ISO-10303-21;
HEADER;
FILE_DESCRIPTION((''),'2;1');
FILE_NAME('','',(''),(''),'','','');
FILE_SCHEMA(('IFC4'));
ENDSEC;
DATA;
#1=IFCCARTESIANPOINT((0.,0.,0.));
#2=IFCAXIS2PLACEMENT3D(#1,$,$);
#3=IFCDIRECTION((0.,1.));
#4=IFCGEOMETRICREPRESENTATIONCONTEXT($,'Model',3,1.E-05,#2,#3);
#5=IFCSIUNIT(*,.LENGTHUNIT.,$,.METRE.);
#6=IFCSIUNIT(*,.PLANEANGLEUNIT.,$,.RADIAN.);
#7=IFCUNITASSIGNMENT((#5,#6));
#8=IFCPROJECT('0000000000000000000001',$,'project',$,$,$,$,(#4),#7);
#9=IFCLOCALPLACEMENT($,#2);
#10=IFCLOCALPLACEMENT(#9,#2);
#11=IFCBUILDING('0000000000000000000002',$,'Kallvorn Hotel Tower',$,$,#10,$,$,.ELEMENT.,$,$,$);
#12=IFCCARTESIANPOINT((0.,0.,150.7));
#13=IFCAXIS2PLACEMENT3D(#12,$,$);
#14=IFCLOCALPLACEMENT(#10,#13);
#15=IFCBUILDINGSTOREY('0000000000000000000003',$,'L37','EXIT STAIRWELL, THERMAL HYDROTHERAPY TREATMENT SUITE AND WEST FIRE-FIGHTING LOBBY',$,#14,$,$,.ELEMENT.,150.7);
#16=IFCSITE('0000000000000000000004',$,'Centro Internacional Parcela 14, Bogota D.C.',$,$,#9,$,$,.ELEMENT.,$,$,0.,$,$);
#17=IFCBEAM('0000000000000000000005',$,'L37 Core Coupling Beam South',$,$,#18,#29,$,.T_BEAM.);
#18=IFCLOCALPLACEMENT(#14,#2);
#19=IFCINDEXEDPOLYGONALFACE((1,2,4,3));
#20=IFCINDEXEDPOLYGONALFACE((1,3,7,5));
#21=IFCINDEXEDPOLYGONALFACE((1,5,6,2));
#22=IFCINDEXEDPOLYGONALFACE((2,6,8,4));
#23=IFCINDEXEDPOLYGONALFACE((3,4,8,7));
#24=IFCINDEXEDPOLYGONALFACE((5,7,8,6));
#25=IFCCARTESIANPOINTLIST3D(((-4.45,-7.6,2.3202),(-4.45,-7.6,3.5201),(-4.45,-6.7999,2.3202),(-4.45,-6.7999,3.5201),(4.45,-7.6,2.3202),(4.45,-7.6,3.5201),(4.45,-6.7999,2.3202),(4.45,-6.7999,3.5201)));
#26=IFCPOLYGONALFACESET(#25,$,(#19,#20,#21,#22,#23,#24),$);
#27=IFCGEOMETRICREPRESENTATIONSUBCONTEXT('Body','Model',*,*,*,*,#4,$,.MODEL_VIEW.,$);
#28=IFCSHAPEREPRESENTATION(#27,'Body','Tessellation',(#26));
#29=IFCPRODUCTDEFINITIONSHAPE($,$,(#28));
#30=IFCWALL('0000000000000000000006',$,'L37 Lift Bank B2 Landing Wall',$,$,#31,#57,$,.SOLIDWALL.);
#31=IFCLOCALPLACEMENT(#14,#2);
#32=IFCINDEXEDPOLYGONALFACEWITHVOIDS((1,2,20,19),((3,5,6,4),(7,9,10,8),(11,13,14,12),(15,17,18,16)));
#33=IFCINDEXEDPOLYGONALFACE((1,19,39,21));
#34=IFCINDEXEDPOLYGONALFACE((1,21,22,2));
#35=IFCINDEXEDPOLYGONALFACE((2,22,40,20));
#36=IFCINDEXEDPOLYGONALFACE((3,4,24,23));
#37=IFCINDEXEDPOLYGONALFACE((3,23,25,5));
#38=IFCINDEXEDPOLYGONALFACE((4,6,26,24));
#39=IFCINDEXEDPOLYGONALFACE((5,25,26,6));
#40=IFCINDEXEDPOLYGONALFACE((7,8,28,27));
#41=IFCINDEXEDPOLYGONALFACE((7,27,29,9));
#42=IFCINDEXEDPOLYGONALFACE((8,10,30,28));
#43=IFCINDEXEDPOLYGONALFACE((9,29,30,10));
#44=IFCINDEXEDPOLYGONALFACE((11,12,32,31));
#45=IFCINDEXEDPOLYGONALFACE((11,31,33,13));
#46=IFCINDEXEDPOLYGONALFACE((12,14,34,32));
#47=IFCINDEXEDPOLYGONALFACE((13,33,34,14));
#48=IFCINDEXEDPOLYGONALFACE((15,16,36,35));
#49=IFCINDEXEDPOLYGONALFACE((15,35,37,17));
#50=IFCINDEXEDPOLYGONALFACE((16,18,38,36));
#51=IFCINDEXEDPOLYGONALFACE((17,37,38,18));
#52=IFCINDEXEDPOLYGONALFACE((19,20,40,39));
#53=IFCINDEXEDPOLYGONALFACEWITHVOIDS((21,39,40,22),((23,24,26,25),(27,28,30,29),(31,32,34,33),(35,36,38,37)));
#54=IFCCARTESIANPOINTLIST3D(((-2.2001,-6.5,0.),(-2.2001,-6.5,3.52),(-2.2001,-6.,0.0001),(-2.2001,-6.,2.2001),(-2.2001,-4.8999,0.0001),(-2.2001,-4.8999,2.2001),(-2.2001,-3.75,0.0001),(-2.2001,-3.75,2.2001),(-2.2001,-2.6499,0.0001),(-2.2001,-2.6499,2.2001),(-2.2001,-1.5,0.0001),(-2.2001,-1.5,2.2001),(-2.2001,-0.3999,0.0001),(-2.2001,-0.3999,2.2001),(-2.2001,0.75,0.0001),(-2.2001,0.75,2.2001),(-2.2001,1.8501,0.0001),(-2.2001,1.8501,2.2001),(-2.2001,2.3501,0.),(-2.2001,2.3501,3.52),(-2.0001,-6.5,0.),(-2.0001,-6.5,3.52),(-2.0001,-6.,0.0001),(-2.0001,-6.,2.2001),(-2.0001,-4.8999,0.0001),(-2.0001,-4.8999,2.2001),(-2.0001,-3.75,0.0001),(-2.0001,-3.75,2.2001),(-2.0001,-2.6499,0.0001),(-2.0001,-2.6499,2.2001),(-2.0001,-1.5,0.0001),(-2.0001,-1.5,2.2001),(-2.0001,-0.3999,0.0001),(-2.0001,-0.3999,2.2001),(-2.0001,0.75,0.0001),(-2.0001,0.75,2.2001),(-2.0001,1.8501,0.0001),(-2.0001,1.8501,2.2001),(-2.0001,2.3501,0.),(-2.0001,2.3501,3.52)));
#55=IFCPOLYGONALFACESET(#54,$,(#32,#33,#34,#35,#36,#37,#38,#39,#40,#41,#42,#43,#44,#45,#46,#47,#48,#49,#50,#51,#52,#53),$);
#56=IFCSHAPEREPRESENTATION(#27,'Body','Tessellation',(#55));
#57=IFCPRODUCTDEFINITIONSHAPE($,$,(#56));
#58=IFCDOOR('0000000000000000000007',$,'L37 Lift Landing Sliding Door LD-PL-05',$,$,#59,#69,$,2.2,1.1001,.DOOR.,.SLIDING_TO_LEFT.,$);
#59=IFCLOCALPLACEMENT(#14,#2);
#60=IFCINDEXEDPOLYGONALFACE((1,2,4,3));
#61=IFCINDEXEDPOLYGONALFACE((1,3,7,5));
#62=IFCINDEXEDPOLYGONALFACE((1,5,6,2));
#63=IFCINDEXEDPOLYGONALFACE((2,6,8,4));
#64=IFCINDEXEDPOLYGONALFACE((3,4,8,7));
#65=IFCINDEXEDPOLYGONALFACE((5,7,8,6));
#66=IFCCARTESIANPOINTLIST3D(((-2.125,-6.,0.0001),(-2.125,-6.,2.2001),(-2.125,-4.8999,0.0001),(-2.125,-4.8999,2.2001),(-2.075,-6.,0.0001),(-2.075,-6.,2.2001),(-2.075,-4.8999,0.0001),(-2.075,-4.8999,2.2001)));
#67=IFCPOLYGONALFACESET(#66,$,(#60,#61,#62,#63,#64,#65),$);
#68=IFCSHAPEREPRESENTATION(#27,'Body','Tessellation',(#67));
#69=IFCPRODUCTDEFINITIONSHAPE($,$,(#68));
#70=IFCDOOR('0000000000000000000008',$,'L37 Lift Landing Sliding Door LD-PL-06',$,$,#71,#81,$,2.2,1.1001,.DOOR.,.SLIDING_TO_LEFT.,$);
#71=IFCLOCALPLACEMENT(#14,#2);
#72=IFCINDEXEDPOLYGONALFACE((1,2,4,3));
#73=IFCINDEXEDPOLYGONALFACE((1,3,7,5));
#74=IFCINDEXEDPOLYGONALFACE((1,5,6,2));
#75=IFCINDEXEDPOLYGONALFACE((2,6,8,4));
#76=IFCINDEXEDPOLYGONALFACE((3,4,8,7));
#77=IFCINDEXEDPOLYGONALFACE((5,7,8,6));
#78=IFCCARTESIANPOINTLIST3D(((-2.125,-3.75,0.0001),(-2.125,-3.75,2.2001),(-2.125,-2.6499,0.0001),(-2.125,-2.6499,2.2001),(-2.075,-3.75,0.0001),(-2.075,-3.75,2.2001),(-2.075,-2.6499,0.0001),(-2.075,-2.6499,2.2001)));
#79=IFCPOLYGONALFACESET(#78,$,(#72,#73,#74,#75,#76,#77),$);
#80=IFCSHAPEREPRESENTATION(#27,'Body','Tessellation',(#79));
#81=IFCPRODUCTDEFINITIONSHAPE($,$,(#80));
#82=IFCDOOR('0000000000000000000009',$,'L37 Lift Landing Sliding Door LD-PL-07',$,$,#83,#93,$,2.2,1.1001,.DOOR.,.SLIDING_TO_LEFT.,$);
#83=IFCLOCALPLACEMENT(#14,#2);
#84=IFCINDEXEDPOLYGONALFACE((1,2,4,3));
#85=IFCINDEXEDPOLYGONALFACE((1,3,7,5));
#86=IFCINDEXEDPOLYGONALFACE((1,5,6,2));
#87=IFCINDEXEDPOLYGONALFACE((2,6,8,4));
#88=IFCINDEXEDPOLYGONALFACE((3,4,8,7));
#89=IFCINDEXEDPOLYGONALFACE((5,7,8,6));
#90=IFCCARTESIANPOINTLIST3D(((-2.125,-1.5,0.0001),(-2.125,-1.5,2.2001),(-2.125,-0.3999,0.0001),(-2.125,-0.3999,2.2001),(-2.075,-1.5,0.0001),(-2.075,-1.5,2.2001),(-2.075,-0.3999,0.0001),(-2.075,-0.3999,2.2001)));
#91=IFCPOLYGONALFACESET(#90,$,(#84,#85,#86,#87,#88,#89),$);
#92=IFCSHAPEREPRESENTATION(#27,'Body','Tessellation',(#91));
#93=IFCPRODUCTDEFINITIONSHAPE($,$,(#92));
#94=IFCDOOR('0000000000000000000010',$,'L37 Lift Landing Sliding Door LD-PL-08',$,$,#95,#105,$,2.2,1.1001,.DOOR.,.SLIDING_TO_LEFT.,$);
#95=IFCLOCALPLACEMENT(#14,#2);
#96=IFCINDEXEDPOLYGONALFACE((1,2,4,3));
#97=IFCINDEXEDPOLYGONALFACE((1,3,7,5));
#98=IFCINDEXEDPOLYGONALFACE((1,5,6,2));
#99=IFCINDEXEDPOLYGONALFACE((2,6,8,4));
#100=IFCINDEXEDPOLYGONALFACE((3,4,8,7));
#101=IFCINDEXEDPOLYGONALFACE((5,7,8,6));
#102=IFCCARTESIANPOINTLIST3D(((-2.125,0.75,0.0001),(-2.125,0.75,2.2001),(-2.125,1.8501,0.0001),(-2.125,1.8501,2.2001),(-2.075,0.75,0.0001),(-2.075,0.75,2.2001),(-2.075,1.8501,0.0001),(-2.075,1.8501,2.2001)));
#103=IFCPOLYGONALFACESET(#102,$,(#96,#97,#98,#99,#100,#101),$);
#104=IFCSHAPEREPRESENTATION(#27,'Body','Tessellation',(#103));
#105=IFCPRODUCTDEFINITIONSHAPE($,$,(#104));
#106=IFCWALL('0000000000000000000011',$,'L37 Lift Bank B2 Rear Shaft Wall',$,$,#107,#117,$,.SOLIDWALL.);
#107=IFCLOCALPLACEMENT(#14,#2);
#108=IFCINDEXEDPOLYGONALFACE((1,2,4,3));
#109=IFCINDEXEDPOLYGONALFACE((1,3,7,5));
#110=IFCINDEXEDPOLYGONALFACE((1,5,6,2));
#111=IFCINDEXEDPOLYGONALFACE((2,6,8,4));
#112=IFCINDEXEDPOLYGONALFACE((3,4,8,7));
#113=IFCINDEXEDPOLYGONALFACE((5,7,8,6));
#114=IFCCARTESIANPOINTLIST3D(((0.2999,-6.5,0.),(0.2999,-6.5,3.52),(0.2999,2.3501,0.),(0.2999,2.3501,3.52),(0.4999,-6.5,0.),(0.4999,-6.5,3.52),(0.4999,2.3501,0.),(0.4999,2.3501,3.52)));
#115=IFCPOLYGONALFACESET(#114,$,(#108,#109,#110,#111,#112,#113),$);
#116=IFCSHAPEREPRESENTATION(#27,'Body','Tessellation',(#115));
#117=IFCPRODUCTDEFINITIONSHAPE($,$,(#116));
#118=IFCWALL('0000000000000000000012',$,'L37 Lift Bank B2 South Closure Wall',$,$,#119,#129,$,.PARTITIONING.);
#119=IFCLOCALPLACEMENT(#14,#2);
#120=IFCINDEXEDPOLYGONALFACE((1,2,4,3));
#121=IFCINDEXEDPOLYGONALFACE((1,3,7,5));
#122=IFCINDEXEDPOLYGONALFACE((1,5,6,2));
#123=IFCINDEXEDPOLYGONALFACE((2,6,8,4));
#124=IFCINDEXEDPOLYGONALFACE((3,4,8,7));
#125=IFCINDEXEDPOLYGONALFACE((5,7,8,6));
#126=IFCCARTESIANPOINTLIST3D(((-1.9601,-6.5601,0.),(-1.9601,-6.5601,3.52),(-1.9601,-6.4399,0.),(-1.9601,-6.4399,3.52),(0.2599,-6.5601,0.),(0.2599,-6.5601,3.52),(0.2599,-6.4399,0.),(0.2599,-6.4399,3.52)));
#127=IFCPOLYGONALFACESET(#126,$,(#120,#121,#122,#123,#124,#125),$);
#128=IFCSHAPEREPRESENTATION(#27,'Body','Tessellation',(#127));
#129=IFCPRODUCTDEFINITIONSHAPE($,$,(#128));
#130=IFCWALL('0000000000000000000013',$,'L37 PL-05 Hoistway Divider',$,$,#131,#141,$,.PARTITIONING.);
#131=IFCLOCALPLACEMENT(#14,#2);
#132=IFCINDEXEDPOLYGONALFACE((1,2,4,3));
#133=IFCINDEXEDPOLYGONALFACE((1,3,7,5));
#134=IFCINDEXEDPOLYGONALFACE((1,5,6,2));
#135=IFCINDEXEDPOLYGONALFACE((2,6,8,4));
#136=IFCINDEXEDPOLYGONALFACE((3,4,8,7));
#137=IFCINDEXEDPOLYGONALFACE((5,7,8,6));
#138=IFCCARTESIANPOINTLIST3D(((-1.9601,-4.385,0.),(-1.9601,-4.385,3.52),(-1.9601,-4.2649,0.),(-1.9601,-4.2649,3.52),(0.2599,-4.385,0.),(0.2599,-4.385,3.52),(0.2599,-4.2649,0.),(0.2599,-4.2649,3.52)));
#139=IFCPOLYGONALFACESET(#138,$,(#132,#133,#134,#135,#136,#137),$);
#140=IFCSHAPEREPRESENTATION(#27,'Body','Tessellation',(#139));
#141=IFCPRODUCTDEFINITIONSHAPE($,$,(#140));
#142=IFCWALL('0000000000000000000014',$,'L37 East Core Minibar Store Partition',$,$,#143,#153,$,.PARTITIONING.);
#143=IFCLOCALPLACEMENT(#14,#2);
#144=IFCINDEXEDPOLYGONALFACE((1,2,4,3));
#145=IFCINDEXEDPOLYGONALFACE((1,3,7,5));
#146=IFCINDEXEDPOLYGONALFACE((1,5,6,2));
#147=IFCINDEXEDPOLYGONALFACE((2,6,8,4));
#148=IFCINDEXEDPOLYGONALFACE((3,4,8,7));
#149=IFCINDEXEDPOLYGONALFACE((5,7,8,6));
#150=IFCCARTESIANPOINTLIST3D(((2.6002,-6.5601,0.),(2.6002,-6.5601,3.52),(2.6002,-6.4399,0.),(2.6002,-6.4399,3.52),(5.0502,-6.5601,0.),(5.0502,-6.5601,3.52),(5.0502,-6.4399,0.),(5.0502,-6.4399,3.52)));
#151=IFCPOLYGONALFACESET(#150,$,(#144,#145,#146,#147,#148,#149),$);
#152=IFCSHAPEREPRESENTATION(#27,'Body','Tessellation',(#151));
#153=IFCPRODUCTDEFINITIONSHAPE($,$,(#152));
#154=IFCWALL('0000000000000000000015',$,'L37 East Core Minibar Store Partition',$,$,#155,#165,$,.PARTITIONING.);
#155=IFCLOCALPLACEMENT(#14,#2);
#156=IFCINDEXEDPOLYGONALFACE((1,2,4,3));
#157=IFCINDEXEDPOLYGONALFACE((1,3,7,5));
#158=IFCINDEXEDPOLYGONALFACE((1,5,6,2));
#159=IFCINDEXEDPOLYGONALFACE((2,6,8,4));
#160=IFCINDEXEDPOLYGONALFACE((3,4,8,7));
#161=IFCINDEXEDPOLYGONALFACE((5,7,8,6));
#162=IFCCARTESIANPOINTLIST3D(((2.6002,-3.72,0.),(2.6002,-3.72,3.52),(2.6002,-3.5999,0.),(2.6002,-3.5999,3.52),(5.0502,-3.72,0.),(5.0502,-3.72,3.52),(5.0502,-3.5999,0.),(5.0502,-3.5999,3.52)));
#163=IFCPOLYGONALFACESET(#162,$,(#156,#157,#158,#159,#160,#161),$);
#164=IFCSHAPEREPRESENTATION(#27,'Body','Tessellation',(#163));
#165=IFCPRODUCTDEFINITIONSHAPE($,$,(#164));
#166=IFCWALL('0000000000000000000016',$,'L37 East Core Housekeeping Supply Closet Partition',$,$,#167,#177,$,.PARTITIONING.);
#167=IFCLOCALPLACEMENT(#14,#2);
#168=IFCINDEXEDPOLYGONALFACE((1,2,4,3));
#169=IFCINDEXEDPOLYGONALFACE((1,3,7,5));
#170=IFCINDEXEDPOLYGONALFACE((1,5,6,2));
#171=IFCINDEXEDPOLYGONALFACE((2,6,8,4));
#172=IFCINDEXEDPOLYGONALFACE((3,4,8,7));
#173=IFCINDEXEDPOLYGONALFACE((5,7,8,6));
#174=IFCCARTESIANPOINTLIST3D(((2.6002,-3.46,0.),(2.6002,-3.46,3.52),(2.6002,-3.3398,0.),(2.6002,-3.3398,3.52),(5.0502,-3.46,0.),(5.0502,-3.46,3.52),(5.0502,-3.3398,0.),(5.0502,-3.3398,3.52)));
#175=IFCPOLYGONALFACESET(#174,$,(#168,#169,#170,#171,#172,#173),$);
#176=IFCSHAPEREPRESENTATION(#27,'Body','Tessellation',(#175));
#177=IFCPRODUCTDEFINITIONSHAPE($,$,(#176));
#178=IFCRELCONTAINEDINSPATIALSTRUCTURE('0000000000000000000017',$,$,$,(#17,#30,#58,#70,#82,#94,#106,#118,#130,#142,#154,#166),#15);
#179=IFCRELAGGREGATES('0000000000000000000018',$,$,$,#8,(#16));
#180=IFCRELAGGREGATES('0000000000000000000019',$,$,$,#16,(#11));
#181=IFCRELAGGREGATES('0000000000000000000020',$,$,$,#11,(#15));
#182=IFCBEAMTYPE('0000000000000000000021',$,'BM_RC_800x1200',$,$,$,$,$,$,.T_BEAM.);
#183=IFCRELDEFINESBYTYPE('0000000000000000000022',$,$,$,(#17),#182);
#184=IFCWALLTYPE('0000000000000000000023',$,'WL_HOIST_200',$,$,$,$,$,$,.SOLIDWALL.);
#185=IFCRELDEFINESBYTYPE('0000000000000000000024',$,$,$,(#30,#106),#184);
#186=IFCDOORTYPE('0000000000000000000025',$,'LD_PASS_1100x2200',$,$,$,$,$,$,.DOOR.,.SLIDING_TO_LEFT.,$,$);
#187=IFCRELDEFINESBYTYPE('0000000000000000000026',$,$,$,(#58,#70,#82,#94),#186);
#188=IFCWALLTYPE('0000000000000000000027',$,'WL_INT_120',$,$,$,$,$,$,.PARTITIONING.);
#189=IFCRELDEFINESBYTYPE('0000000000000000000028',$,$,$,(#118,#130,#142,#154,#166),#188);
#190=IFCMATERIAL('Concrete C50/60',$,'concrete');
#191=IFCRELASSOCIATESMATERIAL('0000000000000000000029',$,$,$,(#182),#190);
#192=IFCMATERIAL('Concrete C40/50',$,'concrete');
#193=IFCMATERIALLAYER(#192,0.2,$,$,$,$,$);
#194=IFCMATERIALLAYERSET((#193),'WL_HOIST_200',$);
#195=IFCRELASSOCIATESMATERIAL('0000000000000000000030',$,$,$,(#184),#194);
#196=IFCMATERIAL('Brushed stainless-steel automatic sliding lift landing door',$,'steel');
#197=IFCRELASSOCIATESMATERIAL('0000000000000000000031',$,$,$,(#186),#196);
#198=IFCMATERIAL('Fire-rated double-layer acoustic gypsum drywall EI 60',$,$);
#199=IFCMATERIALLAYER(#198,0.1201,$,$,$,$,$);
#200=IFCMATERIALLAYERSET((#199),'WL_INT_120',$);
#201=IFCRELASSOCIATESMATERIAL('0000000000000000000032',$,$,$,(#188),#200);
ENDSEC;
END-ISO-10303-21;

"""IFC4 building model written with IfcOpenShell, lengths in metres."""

from ifc_helpers import new_model, si_unit, direction, frame, frame_2d, origin, origin_2d, place, context, subcontext, project, spatial, rectangle, extrude, material, layer, layer_set, material_profile, profile_set, type_object, element, fill, save


model = new_model("IFC4")

# Units and contexts
model_context = context("Model", 3, precision=1e-05, world=origin(), true_north=direction((0.0, 1.0)))
body_context = subcontext(model_context, "Body", "Model", "MODEL_VIEW")
ifc_project = project(units=[si_unit("LENGTHUNIT", "METRE"), si_unit("PLANEANGLEUNIT", "RADIAN")], contexts=[model_context])

# Site, building, storey
site_placement = place(None, origin())
site = spatial("IfcSite", under=ifc_project, at=site_placement, Name="Centro Internacional Parcela 14, Bogota D.C.", CompositionType="ELEMENT", RefElevation=0.0)
building_placement = place(site_placement, origin())
building = spatial("IfcBuilding", under=site, at=building_placement, Name="Kallvorn Hotel Tower", CompositionType="ELEMENT")
storey_placement = place(building_placement, frame((0.0, 0.0, 150.7)))
storey = spatial("IfcBuildingStorey", under=building, at=storey_placement, Name="L37", Description="EXIT STAIRWELL, THERMAL HYDROTHERAPY TREATMENT SUITE AND WEST FIRE-FIGHTING LOBBY", CompositionType="ELEMENT", Elevation=150.7)

# Beam
ifc_material_1 = material(Name="Concrete C50/60", Category="concrete")
ifc_material_profile_1 = material_profile(ifc_material_1, rectangle(XDim=0.8, YDim=1.2, at=origin_2d()), Name="RC 800x1200")
ifc_profile_set_1 = profile_set([ifc_material_profile_1], Name="Concrete C50/60")
beam_type_1 = type_object("IfcBeamType", Name="BM_RC_800x1200", PredefinedType="T_BEAM", material=ifc_profile_set_1)
beam_1_placement = place(storey_placement, frame((-4.45, -7.2, 2.9202), z_axis=(1.0, 0.0, 0.0), x_axis=(0.0, 1.0, 0.0)))
element("IfcBeam", 1, at=beam_1_placement, inside=storey, type_object=beam_type_1, Name="L37 Core Coupling Beam South", PredefinedType="T_BEAM", context=body_context, shape_type="SweptSolid", body=[
    extrude(rectangle(XDim=0.8, YDim=1.2, at=origin_2d()), origin(), (0.0, 0.0, 1.0), 8.8999),
])

# Wall, openings, doors
ifc_material_2 = material(Name="Concrete C40/50", Category="concrete")
ifc_layer_1 = layer(ifc_material_2, 0.2)
ifc_layer_set_1 = layer_set([ifc_layer_1], Name="WL_HOIST_200")
wall_type_1 = type_object("IfcWallType", Name="WL_HOIST_200", PredefinedType="SOLIDWALL", material=ifc_layer_set_1)
wall_1_placement = place(storey_placement, frame((-2.1001, -6.5, 0.0), z_axis=(0.0, 0.0, 1.0), x_axis=(0.0, 1.0, 0.0)))
wall_1 = element("IfcWall", 2, at=wall_1_placement, inside=storey, type_object=wall_type_1, Name="L37 Lift Bank B2 Landing Wall", PredefinedType="SOLIDWALL", context=body_context, shape_type="SweptSolid", body=[
    extrude(rectangle(XDim=8.8501, YDim=0.2, at=frame_2d((4.425, 0.0))), origin(), (0.0, 0.0, 1.0), 3.52),
])
opening_1_placement = place(wall_1_placement, frame((0.5, 0.0, 0.0)))
opening_1 = element("IfcOpeningElement", 3, at=opening_1_placement, cuts=wall_1, PredefinedType="OPENING", context=body_context, shape_type="SweptSolid", body=[
    extrude(rectangle(XDim=1.1001, YDim=2.2, at=frame_2d((0.55, 1.1001))), frame((0.0, 0.115, 0.0), z_axis=(0.0, -1.0, 0.0), x_axis=(1.0, 0.0, 0.0)), (0.0, 0.0, 1.0), 0.23),
])
opening_2_placement = place(wall_1_placement, frame((2.75, 0.0, 0.0)))
opening_2 = element("IfcOpeningElement", 4, at=opening_2_placement, cuts=wall_1, PredefinedType="OPENING", context=body_context, shape_type="SweptSolid", body=[
    extrude(rectangle(XDim=1.1001, YDim=2.2, at=frame_2d((0.55, 1.1001))), frame((0.0, 0.115, 0.0), z_axis=(0.0, -1.0, 0.0), x_axis=(1.0, 0.0, 0.0)), (0.0, 0.0, 1.0), 0.23),
])
opening_3_placement = place(wall_1_placement, frame((5.0, 0.0, 0.0)))
opening_3 = element("IfcOpeningElement", 5, at=opening_3_placement, cuts=wall_1, PredefinedType="OPENING", context=body_context, shape_type="SweptSolid", body=[
    extrude(rectangle(XDim=1.1001, YDim=2.2, at=frame_2d((0.55, 1.1001))), frame((0.0, 0.115, 0.0), z_axis=(0.0, -1.0, 0.0), x_axis=(1.0, 0.0, 0.0)), (0.0, 0.0, 1.0), 0.23),
])
opening_4_placement = place(wall_1_placement, frame((7.25, 0.0, 0.0)))
opening_4 = element("IfcOpeningElement", 6, at=opening_4_placement, cuts=wall_1, PredefinedType="OPENING", context=body_context, shape_type="SweptSolid", body=[
    extrude(rectangle(XDim=1.1001, YDim=2.2, at=frame_2d((0.55, 1.1001))), frame((0.0, 0.115, 0.0), z_axis=(0.0, -1.0, 0.0), x_axis=(1.0, 0.0, 0.0)), (0.0, 0.0, 1.0), 0.23),
])
ifc_material_3 = material(Name="Brushed stainless-steel automatic sliding lift landing door", Category="steel")
door_type_1 = type_object("IfcDoorType", Name="LD_PASS_1100x2200", OperationType="SLIDING_TO_LEFT", PredefinedType="DOOR", material=ifc_material_3)
door_1_placement = place(opening_1_placement, origin())
door_1 = element("IfcDoor", 7, at=door_1_placement, inside=storey, type_object=door_type_1, Name="L37 Lift Landing Sliding Door LD-PL-05", OperationType="SLIDING_TO_LEFT", OverallHeight=2.2, OverallWidth=1.1001, PredefinedType="DOOR", context=body_context, shape_type="SweptSolid", body=[
    extrude(rectangle(XDim=1.1001, YDim=2.2, at=frame_2d((0.55, 1.1001))), frame((0.0, 0.0249, 0.0), z_axis=(0.0, -1.0, 0.0), x_axis=(1.0, 0.0, 0.0)), (0.0, 0.0, 1.0), 0.05),
])
fill(opening_1, door_1)
door_2_placement = place(opening_2_placement, origin())
door_2 = element("IfcDoor", 8, at=door_2_placement, inside=storey, type_object=door_type_1, Name="L37 Lift Landing Sliding Door LD-PL-06", OperationType="SLIDING_TO_LEFT", OverallHeight=2.2, OverallWidth=1.1001, PredefinedType="DOOR", context=body_context, shape_type="SweptSolid", body=[
    extrude(rectangle(XDim=1.1001, YDim=2.2, at=frame_2d((0.55, 1.1001))), frame((0.0, 0.0249, 0.0), z_axis=(0.0, -1.0, 0.0), x_axis=(1.0, 0.0, 0.0)), (0.0, 0.0, 1.0), 0.05),
])
fill(opening_2, door_2)
door_3_placement = place(opening_3_placement, origin())
door_3 = element("IfcDoor", 9, at=door_3_placement, inside=storey, type_object=door_type_1, Name="L37 Lift Landing Sliding Door LD-PL-07", OperationType="SLIDING_TO_LEFT", OverallHeight=2.2, OverallWidth=1.1001, PredefinedType="DOOR", context=body_context, shape_type="SweptSolid", body=[
    extrude(rectangle(XDim=1.1001, YDim=2.2, at=frame_2d((0.55, 1.1001))), frame((0.0, 0.0249, 0.0), z_axis=(0.0, -1.0, 0.0), x_axis=(1.0, 0.0, 0.0)), (0.0, 0.0, 1.0), 0.05),
])
fill(opening_3, door_3)
door_4_placement = place(opening_4_placement, origin())
door_4 = element("IfcDoor", 10, at=door_4_placement, inside=storey, type_object=door_type_1, Name="L37 Lift Landing Sliding Door LD-PL-08", OperationType="SLIDING_TO_LEFT", OverallHeight=2.2, OverallWidth=1.1001, PredefinedType="DOOR", context=body_context, shape_type="SweptSolid", body=[
    extrude(rectangle(XDim=1.1001, YDim=2.2, at=frame_2d((0.55, 1.1001))), frame((0.0, 0.0249, 0.0), z_axis=(0.0, -1.0, 0.0), x_axis=(1.0, 0.0, 0.0)), (0.0, 0.0, 1.0), 0.05),
])
fill(opening_4, door_4)

# Walls
wall_2_placement = place(storey_placement, frame((0.3999, -6.5, 0.0), z_axis=(0.0, 0.0, 1.0), x_axis=(0.0, 1.0, 0.0)))
element("IfcWall", 11, at=wall_2_placement, inside=storey, type_object=wall_type_1, Name="L37 Lift Bank B2 Rear Shaft Wall", PredefinedType="SOLIDWALL", context=body_context, shape_type="SweptSolid", body=[
    extrude(rectangle(XDim=8.8501, YDim=0.2, at=frame_2d((4.425, 0.0))), origin(), (0.0, 0.0, 1.0), 3.52),
])
ifc_material_4 = material(Name="Fire-rated double-layer acoustic gypsum drywall EI 60")
ifc_layer_2 = layer(ifc_material_4, 0.1201)
ifc_layer_set_2 = layer_set([ifc_layer_2], Name="WL_INT_120")
wall_type_2 = type_object("IfcWallType", Name="WL_INT_120", PredefinedType="PARTITIONING", material=ifc_layer_set_2)
for number, where, z_axis, x_axis, name in (
    (12, (-1.96, -6.5, 0.0), (0.0, 0.0, 1.0), (1.0, 0.0, 0.0), "L37 Lift Bank B2 South Closure Wall"),
    (13, (-1.96, -4.325, 0.0), (0.0, 0.0, 1.0), (1.0, 0.0, 0.0), "L37 PL-05 Hoistway Divider"),
):
    element("IfcWall", number, at=place(storey_placement, frame(where, z_axis=z_axis, x_axis=x_axis)), inside=storey, type_object=wall_type_2, Name=name, PredefinedType="PARTITIONING", context=body_context, shape_type="SweptSolid", body=[
        extrude(rectangle(XDim=2.22, YDim=0.1201, at=frame_2d((1.1099, 0.0))), origin(), (0.0, 0.0, 1.0), 3.52),
    ])
for number, where, z_axis, x_axis, name in (
    (14, (2.6001, -6.5, 0.0), (0.0, 0.0, 1.0), (1.0, 0.0, 0.0), "L37 East Core Minibar Store Partition"),
    (15, (2.6001, -3.6599, 0.0), (0.0, 0.0, 1.0), (1.0, 0.0, 0.0), "L37 East Core Minibar Store Partition"),
    (16, (2.6001, -3.3999, 0.0), (0.0, 0.0, 1.0), (1.0, 0.0, 0.0), "L37 East Core Housekeeping Supply Closet Partition"),
):
    element("IfcWall", number, at=place(storey_placement, frame(where, z_axis=z_axis, x_axis=x_axis)), inside=storey, type_object=wall_type_2, Name=name, PredefinedType="PARTITIONING", context=body_context, shape_type="SweptSolid", body=[
        extrude(rectangle(XDim=2.45, YDim=0.1201, at=frame_2d((1.2251, 0.0))), origin(), (0.0, 0.0, 1.0), 3.52),
    ])

save(model, "model.ifc")
